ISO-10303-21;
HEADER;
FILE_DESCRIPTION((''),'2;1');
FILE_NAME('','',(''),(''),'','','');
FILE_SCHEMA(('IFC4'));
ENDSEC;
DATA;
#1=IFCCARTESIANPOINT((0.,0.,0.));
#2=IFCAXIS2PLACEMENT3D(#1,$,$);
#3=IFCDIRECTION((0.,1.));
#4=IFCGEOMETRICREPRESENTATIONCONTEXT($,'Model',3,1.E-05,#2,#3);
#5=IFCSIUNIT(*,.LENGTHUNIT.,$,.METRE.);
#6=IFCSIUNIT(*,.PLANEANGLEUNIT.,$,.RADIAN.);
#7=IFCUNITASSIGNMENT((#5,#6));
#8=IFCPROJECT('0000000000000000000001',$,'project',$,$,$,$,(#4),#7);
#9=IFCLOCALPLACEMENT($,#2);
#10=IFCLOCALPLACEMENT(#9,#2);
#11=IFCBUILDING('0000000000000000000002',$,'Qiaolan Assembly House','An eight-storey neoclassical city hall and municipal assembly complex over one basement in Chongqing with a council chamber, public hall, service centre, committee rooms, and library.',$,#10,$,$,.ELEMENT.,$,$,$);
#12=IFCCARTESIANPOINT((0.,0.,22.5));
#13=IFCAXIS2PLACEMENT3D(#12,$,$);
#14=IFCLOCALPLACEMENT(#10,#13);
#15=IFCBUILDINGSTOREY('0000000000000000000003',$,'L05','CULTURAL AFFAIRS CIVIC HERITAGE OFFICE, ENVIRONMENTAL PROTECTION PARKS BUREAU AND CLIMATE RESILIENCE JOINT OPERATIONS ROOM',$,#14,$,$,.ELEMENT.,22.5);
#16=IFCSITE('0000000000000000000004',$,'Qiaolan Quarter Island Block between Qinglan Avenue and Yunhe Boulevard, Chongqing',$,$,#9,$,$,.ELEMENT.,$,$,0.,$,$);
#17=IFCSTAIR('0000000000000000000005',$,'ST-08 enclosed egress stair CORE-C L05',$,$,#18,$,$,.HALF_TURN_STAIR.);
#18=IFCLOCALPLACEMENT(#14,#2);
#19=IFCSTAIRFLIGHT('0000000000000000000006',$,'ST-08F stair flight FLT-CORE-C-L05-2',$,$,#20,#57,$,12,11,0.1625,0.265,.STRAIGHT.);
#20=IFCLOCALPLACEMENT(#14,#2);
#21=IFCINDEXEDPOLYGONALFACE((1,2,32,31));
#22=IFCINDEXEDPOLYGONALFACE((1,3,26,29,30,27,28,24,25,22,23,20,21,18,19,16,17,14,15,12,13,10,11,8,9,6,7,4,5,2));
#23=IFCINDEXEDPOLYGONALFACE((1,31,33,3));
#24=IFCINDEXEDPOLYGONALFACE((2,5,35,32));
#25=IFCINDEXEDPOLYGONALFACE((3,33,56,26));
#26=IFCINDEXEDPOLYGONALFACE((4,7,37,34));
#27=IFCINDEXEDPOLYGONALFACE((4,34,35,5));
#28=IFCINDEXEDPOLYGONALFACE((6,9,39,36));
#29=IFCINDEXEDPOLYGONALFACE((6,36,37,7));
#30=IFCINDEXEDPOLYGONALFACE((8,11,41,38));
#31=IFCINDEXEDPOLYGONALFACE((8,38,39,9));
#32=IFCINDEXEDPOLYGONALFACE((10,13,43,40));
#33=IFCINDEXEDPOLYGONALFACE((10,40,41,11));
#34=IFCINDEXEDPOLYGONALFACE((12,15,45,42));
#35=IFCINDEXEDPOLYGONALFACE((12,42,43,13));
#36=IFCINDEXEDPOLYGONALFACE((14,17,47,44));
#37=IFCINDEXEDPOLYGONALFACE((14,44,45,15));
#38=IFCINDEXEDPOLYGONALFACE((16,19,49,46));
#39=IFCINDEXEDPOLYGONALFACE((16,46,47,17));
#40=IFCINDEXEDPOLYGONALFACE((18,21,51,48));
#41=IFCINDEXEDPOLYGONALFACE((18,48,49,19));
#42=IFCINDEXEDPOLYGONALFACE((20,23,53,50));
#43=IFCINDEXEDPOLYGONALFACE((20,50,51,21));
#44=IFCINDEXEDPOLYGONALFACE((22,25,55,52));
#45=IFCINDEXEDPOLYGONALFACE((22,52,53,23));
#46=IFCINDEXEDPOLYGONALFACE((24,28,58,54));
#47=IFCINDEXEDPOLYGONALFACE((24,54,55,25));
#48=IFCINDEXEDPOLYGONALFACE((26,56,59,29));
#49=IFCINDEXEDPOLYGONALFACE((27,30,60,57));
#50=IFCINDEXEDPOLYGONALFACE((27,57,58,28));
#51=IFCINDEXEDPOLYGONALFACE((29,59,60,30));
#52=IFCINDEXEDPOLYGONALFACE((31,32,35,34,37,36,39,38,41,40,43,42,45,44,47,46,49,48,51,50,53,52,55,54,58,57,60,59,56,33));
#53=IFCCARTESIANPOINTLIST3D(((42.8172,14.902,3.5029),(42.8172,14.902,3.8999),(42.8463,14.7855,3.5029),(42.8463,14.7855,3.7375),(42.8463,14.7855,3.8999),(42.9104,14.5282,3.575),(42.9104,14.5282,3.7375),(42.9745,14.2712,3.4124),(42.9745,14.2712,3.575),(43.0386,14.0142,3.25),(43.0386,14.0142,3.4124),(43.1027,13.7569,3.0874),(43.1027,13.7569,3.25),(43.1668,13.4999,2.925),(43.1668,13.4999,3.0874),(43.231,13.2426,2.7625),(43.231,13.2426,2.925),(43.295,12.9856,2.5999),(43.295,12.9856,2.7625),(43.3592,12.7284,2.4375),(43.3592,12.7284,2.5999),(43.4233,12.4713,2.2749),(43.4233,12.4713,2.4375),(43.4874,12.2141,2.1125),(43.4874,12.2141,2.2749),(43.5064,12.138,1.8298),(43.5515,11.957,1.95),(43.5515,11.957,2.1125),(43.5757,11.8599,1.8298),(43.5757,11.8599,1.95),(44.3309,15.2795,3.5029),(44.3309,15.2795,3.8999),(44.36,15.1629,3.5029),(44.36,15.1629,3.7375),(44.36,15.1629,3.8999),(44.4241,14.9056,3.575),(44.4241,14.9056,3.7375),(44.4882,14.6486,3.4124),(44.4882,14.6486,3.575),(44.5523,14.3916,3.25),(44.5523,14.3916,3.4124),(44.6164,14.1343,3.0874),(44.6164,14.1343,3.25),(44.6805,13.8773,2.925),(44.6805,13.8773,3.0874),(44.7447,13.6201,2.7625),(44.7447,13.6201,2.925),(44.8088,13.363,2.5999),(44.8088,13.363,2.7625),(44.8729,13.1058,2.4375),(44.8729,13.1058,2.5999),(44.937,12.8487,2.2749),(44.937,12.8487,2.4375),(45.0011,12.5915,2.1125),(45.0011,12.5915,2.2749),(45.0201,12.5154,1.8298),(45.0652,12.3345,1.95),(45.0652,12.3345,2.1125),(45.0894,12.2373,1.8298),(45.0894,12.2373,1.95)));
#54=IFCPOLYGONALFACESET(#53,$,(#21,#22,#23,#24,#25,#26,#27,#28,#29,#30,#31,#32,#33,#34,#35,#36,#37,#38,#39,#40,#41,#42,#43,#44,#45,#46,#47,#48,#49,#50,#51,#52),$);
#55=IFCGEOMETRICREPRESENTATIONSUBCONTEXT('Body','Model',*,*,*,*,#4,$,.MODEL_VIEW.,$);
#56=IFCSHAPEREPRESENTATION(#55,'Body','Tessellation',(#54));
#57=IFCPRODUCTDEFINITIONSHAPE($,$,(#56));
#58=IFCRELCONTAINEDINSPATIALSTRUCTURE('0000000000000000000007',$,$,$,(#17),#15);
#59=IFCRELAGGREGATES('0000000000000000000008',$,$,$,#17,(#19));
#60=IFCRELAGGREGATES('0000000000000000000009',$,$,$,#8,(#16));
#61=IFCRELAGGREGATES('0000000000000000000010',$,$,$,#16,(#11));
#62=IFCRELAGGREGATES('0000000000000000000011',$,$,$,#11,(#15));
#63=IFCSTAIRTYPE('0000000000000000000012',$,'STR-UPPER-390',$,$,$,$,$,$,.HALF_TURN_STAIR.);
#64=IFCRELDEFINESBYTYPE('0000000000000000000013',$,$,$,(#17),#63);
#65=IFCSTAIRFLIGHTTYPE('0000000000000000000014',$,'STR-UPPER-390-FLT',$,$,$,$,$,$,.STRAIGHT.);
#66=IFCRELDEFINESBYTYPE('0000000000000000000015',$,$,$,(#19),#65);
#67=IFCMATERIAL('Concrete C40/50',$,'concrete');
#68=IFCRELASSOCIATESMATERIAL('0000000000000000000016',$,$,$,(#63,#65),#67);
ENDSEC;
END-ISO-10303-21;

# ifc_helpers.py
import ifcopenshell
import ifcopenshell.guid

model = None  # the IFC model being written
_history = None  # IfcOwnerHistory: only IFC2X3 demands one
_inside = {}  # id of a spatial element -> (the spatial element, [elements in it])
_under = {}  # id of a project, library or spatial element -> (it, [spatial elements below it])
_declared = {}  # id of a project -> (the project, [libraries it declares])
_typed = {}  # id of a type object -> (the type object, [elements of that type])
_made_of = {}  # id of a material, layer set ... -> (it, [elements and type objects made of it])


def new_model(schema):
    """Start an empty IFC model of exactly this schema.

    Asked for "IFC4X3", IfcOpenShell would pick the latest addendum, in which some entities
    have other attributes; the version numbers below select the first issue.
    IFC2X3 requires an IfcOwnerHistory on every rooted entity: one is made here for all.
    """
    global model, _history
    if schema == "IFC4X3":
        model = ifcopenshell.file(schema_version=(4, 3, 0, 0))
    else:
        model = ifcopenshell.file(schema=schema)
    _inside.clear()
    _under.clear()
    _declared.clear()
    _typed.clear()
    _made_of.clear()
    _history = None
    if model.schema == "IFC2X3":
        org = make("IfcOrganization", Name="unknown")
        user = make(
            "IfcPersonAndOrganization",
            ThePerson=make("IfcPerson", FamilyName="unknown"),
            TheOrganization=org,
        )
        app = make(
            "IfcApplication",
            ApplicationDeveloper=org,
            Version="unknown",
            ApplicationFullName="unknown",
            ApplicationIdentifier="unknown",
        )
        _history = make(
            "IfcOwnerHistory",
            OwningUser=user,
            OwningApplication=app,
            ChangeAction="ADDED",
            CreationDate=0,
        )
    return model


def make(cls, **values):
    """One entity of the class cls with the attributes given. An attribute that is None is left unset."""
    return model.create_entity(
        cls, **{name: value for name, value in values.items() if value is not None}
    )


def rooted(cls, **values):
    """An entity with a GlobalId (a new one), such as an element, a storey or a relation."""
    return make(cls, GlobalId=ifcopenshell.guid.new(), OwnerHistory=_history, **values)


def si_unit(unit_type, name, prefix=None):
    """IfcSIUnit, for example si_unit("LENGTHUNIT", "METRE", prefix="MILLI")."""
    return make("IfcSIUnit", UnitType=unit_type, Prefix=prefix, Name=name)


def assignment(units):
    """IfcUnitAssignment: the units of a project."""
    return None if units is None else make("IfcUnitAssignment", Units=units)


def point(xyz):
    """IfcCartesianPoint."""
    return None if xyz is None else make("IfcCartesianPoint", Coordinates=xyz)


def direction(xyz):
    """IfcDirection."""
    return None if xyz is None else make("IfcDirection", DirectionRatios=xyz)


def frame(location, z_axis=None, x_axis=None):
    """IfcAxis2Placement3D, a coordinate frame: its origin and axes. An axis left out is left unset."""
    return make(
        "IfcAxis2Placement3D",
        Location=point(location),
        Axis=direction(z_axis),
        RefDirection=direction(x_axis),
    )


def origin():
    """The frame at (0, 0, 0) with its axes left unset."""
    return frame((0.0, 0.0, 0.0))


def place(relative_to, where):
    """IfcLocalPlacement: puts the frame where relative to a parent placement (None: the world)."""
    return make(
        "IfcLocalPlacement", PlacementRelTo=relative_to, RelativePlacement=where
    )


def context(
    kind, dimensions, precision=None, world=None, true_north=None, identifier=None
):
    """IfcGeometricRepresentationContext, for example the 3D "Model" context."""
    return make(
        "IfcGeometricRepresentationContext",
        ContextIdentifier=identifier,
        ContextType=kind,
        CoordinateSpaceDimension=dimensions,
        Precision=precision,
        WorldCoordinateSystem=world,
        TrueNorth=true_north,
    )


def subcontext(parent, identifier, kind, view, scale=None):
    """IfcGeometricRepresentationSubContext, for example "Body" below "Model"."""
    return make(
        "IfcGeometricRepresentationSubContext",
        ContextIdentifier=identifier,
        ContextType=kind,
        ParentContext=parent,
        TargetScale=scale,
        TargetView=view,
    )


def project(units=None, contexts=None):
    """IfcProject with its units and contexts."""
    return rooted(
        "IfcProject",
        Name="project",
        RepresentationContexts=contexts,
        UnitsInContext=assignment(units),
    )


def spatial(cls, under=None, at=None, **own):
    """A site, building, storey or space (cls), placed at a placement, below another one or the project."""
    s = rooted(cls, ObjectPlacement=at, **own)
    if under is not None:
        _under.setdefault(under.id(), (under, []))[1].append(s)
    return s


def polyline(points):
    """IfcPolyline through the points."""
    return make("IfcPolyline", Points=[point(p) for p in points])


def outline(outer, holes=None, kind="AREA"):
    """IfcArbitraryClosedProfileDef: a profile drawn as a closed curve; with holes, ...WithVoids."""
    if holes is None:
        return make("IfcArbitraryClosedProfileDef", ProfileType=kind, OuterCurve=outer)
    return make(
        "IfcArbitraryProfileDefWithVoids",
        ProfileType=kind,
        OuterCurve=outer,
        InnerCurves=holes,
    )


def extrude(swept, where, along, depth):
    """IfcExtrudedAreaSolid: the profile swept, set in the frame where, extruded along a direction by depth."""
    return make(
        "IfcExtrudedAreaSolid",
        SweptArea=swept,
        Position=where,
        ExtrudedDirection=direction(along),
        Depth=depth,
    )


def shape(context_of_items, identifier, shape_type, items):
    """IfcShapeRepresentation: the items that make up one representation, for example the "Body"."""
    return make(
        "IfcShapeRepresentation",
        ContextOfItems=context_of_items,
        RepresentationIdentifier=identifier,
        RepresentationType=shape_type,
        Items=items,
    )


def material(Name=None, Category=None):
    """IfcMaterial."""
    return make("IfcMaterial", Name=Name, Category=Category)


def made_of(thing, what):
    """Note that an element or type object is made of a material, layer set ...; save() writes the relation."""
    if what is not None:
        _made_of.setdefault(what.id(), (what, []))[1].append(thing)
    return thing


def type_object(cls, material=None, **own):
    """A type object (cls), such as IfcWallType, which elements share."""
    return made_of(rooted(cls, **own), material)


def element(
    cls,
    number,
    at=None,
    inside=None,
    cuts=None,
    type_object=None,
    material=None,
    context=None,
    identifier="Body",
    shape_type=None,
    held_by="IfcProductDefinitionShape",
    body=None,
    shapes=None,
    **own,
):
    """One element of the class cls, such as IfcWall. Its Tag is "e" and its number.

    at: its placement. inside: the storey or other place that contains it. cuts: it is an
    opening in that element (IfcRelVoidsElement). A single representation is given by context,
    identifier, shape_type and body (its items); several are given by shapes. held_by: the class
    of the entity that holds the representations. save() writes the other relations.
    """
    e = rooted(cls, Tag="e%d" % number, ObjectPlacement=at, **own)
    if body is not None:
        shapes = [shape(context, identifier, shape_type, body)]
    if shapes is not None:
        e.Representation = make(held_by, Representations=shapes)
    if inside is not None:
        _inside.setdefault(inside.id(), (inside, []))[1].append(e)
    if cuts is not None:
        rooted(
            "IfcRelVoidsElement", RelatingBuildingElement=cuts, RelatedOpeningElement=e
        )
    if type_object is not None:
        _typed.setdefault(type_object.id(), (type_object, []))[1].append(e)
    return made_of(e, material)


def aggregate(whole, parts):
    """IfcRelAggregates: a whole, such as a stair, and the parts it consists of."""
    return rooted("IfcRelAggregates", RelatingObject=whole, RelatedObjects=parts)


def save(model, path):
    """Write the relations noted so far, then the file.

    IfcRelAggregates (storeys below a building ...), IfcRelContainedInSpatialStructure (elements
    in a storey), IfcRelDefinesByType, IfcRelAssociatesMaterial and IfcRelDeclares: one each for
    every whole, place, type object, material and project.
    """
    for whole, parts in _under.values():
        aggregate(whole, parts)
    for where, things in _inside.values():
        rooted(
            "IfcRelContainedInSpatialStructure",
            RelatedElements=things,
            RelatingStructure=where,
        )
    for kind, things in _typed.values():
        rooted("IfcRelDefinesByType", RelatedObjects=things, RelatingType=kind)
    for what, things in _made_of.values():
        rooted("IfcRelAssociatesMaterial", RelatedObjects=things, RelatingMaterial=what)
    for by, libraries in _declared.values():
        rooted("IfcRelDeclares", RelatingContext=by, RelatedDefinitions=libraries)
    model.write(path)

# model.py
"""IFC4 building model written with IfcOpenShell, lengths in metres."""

from ifc_helpers import new_model, si_unit, direction, frame, origin, place, context, subcontext, project, spatial, polyline, outline, extrude, material, type_object, element, aggregate, save


model = new_model("IFC4")

# Units and contexts
model_context = context("Model", 3, precision=1e-05, world=origin(), true_north=direction((0.0, 1.0)))
body_context = subcontext(model_context, "Body", "Model", "MODEL_VIEW")
ifc_project = project(units=[si_unit("LENGTHUNIT", "METRE"), si_unit("PLANEANGLEUNIT", "RADIAN")], contexts=[model_context])

# Site, building, storey
site_placement = place(None, origin())
site = spatial("IfcSite", under=ifc_project, at=site_placement, Name="Qiaolan Quarter Island Block between Qinglan Avenue and Yunhe Boulevard, Chongqing", CompositionType="ELEMENT", RefElevation=0.0)
building_placement = place(site_placement, origin())
building = spatial("IfcBuilding", under=site, at=building_placement, Name="Qiaolan Assembly House", Description="An eight-storey neoclassical city hall and municipal assembly complex over one basement in Chongqing with a council chamber, public hall, service centre, committee rooms, and library.", CompositionType="ELEMENT")
storey_placement = place(building_placement, frame((0.0, 0.0, 22.5)))
storey = spatial("IfcBuildingStorey", under=building, at=storey_placement, Name="L05", Description="CULTURAL AFFAIRS CIVIC HERITAGE OFFICE, ENVIRONMENTAL PROTECTION PARKS BUREAU AND CLIMATE RESILIENCE JOINT OPERATIONS ROOM", CompositionType="ELEMENT", Elevation=22.5)

# Shared definitions
ifc_material_1 = material(Name="Concrete C40/50", Category="concrete")

# Stair, stair flight
stair_type = type_object("IfcStairType", Name="STR-UPPER-390", PredefinedType="HALF_TURN_STAIR", material=ifc_material_1)
stair_placement = place(storey_placement, origin())
stair = element("IfcStair", 1, at=stair_placement, inside=storey, type_object=stair_type, Name="ST-08 enclosed egress stair CORE-C L05", PredefinedType="HALF_TURN_STAIR")
stair_flight_type = type_object("IfcStairFlightType", Name="STR-UPPER-390-FLT", PredefinedType="STRAIGHT", material=ifc_material_1)
stair_flight_1_placement = place(storey_placement, frame((44.3083, 12.1458, 1.95), z_axis=(0.0, 0.0, 1.0), x_axis=(-0.241922, 0.970296, 0.0)))
stair_flight_1 = element("IfcStairFlight", 2, at=stair_flight_1_placement, type_object=stair_flight_type, Name="ST-08F stair flight FLT-CORE-C-L05-2", NumberOfRisers=12, NumberOfTreads=11, PredefinedType="STRAIGHT", RiserHeight=0.1625, TreadLength=0.265, context=body_context, shape_type="SweptSolid", body=[
    extrude(outline(polyline([(-0.1001, -0.1201), (-0.1001, 0.0), (0.0, 0.0), (0.0, 0.1626), (0.2649, 0.1626), (0.2649, 0.325), (0.53, 0.325), (0.53, 0.4875), (0.7949, 0.4875), (0.7949, 0.6499), (1.0601, 0.6499), (1.0601, 0.8125), (1.325, 0.8125), (1.325, 0.9751), (1.5901, 0.9751), (1.5901, 1.1375), (1.855, 1.1375), (1.855, 1.3), (2.1201, 1.3), (2.1201, 1.4624), (2.385, 1.4624), (2.385, 1.625), (2.6499, 1.625), (2.6499, 1.7876), (2.915, 1.7876), (2.915, 1.95), (3.0352, 1.95), (3.0352, 1.553), (2.915, 1.553), (0.1865, -0.1201), (-0.1001, -0.1201)])), frame((0.0, 0.78, 0.0), z_axis=(0.0, -1.0, 0.0), x_axis=(1.0, 0.0, 0.0)), (0.0, 0.0, 1.0), 1.5601),
])
aggregate(stair, [stair_flight_1])

save(model, "model.ifc")
